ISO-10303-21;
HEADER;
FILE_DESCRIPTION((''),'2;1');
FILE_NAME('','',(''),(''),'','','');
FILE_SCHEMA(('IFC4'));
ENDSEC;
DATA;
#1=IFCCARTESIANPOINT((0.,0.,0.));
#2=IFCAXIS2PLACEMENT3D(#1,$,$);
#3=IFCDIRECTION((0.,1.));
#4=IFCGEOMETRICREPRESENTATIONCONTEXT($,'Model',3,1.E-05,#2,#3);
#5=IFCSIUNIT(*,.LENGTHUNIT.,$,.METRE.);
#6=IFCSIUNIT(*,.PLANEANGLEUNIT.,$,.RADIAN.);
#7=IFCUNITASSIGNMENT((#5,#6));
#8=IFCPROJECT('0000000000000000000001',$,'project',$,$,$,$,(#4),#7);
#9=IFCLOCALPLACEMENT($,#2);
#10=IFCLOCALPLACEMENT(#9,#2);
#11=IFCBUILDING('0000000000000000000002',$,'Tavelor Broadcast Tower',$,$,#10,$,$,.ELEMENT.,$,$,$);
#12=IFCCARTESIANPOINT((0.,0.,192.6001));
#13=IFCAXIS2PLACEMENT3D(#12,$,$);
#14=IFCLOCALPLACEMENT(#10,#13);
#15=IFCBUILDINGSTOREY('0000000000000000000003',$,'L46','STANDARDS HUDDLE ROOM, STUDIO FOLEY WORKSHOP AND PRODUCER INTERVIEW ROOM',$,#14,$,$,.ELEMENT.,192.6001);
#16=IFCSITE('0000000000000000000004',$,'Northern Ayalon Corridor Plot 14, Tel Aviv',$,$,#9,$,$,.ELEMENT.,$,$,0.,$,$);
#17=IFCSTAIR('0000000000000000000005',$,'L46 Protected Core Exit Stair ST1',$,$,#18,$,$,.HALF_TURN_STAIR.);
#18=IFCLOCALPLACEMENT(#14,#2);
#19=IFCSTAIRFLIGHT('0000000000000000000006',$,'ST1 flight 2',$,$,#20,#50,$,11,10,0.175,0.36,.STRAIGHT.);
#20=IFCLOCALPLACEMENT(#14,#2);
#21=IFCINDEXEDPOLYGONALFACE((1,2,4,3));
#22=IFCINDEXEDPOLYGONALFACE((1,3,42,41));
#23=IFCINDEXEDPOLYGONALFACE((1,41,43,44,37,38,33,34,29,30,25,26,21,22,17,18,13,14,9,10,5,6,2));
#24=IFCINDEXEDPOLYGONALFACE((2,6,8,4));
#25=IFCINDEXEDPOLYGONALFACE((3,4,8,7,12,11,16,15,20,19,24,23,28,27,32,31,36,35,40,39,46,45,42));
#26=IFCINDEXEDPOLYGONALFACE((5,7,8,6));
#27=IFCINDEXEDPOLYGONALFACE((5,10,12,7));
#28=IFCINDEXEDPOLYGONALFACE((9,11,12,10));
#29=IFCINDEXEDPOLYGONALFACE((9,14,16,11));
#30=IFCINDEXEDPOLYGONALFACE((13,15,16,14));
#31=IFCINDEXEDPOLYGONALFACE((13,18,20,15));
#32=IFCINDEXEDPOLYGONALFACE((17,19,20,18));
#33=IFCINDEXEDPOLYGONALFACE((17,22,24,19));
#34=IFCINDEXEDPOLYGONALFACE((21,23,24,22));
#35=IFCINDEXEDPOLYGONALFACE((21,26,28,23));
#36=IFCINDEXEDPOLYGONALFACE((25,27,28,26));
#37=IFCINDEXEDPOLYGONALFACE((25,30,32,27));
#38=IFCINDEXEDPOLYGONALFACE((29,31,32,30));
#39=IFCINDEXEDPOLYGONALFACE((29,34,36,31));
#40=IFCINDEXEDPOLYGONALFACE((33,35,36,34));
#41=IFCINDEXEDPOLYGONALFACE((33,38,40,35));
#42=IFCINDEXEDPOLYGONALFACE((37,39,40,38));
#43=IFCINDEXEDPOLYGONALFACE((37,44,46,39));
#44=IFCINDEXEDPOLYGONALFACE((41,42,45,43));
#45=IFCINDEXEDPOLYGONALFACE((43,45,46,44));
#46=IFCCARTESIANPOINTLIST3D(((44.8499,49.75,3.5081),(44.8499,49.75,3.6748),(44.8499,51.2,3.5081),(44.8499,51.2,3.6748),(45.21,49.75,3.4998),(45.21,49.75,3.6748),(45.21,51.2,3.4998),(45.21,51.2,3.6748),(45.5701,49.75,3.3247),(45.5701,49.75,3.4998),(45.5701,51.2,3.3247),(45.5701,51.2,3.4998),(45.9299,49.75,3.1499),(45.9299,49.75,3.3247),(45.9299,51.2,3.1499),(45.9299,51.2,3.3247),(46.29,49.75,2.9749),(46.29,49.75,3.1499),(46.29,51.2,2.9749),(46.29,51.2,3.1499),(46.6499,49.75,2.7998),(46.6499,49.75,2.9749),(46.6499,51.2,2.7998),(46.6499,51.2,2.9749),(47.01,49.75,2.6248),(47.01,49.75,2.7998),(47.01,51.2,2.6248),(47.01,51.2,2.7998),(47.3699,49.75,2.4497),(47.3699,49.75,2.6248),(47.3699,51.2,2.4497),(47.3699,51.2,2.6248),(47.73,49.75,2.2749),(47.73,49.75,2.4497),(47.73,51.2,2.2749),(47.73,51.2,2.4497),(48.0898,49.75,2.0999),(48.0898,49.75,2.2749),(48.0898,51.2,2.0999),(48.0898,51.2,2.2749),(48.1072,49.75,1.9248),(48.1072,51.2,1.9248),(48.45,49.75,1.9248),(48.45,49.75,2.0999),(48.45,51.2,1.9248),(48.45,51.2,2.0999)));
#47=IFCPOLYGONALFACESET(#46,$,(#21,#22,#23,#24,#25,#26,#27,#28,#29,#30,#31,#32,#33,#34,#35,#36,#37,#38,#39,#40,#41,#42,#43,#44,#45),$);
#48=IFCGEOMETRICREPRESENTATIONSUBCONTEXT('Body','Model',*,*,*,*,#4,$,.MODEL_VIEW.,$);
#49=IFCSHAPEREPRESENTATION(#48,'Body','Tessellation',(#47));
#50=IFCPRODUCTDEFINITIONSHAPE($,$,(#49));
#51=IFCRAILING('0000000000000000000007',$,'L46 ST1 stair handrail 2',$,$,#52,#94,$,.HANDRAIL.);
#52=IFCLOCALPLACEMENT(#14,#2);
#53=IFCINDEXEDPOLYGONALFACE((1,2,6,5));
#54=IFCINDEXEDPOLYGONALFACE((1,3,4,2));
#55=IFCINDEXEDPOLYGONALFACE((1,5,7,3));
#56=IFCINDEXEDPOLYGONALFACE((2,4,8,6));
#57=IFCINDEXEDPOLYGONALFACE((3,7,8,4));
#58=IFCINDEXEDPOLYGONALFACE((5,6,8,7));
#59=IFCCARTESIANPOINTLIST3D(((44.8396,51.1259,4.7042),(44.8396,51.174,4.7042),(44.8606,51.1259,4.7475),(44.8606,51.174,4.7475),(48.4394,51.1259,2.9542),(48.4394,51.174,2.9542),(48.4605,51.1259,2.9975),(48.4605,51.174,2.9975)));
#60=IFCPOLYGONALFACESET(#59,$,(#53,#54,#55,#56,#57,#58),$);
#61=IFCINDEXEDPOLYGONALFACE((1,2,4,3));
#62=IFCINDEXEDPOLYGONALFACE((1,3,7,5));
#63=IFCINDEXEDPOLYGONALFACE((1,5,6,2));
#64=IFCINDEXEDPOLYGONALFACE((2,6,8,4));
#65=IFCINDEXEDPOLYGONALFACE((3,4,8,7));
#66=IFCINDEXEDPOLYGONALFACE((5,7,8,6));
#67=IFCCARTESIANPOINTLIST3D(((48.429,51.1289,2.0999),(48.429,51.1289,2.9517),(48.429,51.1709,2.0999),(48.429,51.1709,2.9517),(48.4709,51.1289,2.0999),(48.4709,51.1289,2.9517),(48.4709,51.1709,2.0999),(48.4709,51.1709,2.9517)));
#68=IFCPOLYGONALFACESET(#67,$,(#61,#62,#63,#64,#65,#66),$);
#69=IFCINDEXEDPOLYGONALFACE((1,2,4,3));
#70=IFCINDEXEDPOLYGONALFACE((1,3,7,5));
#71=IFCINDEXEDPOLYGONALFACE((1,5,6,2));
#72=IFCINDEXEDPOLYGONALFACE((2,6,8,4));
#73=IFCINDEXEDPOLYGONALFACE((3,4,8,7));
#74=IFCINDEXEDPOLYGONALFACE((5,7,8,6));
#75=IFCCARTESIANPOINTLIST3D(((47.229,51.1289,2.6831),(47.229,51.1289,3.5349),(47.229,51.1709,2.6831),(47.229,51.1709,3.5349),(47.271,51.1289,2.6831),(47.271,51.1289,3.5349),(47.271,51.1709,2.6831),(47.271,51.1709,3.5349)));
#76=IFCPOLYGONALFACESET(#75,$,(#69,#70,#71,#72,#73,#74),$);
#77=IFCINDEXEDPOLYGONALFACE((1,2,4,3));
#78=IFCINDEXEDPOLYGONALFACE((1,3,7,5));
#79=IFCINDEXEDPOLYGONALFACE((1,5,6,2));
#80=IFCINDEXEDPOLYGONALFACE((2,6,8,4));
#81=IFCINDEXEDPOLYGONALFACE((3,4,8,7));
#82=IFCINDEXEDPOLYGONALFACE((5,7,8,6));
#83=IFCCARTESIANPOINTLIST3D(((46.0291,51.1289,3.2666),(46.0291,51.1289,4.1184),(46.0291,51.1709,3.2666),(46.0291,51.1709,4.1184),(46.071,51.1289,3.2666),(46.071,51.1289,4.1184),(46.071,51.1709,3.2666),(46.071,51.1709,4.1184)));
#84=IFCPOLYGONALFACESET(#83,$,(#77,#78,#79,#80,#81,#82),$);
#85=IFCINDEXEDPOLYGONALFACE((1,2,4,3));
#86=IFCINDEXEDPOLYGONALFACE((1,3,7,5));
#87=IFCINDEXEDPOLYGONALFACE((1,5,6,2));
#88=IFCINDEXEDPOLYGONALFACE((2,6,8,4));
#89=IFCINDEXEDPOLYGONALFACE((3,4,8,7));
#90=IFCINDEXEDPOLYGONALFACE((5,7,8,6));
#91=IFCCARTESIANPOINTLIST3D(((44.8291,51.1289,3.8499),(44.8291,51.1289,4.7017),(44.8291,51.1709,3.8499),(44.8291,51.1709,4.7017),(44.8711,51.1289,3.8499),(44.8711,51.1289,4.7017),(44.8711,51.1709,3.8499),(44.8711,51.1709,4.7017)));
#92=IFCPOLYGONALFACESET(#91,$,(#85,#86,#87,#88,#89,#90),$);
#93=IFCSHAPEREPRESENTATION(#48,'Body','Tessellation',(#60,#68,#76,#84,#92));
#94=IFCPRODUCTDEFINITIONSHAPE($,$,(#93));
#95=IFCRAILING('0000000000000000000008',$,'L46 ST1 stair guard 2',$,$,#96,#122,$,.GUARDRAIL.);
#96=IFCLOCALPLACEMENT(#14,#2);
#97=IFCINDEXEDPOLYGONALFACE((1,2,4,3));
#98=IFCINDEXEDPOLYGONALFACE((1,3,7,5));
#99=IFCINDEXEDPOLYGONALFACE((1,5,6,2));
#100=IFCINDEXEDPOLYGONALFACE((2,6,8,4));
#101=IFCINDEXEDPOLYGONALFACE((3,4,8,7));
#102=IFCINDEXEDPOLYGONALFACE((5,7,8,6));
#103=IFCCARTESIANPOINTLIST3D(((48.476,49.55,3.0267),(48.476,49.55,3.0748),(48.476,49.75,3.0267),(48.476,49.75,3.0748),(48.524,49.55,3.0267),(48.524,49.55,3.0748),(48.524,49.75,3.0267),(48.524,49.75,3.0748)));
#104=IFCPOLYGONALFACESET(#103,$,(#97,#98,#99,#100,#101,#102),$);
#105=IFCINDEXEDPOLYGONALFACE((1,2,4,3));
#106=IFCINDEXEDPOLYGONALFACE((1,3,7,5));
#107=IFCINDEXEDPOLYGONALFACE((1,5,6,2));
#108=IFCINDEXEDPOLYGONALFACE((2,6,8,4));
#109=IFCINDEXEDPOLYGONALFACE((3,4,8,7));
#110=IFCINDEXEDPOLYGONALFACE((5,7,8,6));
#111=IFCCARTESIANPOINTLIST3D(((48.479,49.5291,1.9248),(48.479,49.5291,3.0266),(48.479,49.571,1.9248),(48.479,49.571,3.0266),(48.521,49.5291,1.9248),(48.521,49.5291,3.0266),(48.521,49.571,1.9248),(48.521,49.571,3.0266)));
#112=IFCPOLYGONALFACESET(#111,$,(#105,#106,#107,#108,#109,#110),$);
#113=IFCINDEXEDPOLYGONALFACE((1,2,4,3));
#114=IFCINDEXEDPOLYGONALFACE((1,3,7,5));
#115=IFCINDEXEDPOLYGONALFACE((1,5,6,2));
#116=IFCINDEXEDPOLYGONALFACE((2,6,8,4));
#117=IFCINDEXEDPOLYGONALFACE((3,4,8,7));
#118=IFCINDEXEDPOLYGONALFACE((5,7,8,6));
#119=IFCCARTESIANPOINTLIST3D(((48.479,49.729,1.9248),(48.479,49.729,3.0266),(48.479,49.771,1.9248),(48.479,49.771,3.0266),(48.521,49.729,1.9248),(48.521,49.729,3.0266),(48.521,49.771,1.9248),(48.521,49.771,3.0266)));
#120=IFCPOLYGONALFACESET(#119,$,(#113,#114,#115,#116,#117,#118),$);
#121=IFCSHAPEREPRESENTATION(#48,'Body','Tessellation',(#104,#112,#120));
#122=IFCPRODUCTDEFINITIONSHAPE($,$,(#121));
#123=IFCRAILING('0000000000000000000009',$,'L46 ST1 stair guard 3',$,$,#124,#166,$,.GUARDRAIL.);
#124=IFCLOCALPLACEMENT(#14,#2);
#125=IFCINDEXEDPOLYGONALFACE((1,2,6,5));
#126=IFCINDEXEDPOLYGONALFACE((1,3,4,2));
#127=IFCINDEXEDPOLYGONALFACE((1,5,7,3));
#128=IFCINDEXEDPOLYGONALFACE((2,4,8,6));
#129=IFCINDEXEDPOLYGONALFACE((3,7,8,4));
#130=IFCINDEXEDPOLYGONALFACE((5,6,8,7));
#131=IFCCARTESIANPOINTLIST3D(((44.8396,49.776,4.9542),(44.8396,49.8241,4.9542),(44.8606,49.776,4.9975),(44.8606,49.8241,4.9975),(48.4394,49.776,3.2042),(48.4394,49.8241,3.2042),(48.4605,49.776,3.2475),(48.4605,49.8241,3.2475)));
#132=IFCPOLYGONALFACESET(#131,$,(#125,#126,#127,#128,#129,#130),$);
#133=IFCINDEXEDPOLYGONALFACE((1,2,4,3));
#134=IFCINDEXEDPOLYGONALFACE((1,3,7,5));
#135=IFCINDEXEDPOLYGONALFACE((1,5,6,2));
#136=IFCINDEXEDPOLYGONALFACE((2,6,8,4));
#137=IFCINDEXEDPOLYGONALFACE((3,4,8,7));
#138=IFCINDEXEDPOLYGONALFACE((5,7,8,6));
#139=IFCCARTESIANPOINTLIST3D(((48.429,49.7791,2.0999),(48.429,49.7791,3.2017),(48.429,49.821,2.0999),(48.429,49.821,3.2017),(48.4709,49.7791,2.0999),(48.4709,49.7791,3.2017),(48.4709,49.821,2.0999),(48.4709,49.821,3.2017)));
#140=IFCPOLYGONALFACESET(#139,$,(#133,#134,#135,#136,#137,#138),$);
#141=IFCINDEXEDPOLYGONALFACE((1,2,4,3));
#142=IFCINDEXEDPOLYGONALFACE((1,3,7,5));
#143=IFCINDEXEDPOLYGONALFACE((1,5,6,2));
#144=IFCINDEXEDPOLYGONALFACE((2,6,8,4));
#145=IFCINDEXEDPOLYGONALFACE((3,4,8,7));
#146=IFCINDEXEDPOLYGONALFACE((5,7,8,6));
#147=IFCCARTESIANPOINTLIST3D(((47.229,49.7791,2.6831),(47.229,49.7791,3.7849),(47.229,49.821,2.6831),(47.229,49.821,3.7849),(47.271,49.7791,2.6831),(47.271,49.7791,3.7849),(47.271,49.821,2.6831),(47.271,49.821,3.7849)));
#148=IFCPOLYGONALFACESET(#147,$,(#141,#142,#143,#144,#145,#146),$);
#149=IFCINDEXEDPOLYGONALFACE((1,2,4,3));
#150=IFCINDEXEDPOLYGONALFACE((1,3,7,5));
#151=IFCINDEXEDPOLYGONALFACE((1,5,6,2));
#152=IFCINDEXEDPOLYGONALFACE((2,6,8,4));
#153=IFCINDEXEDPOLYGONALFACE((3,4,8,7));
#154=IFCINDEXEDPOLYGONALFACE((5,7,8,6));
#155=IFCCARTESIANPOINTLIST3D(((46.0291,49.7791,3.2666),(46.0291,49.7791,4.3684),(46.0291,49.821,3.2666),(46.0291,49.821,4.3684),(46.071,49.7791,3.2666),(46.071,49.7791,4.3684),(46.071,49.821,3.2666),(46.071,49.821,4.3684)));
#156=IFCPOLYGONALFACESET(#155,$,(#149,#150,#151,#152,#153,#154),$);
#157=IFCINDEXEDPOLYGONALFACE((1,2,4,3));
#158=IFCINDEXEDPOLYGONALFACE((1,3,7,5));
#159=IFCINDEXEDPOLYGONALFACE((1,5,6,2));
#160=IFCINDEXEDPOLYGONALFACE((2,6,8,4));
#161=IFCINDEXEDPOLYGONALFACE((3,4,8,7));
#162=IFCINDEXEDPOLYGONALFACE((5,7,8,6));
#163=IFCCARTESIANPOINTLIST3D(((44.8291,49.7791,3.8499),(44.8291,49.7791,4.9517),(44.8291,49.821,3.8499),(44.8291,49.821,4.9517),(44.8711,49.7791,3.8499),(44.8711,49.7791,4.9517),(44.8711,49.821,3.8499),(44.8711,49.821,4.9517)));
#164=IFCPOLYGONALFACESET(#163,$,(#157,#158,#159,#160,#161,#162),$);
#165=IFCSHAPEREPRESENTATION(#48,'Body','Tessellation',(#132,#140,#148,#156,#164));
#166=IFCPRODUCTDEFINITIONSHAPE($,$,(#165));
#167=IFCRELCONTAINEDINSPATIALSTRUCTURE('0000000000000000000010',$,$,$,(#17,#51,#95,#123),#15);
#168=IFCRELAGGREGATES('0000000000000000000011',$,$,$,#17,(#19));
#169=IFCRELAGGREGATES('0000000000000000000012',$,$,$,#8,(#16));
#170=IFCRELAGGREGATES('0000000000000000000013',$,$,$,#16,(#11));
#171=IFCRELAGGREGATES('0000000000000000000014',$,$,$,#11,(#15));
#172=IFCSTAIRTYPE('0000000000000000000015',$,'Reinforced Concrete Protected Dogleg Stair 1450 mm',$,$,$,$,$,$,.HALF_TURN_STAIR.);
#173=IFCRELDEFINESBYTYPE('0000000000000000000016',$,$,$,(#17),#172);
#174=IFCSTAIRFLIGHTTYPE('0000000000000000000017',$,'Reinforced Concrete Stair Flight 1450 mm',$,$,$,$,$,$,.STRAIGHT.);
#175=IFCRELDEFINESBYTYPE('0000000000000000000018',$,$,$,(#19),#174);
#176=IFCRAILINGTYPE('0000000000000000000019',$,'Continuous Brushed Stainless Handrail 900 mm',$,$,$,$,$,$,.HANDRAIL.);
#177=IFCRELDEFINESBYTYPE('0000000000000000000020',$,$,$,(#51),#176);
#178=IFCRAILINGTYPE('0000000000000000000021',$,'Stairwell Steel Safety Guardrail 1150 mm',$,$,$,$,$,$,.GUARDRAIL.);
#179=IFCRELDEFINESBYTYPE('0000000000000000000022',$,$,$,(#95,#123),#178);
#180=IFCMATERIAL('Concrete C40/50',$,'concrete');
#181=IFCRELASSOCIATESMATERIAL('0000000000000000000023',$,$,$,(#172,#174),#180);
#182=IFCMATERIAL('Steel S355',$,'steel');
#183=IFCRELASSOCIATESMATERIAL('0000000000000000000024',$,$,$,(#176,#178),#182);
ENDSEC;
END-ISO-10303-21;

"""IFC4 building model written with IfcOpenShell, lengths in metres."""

from ifc_helpers import new_model, si_unit, direction, frame, origin, origin_2d, place, context, subcontext, project, spatial, polyline, rectangle, outline, extrude, material, type_object, element, aggregate, save


model = new_model("IFC4")

# Units and contexts
model_context = context("Model", 3, precision=1e-05, world=origin(), true_north=direction((0.0, 1.0)))
body_context = subcontext(model_context, "Body", "Model", "MODEL_VIEW")
ifc_project = project(units=[si_unit("LENGTHUNIT", "METRE"), si_unit("PLANEANGLEUNIT", "RADIAN")], contexts=[model_context])

# Site, building, storey
site_placement = place(None, origin())
site = spatial("IfcSite", under=ifc_project, at=site_placement, Name="Northern Ayalon Corridor Plot 14, Tel Aviv", CompositionType="ELEMENT", RefElevation=0.0)
building_placement = place(site_placement, origin())
building = spatial("IfcBuilding", under=site, at=building_placement, Name="Tavelor Broadcast Tower", CompositionType="ELEMENT")
storey_placement = place(building_placement, frame((0.0, 0.0, 192.6001)))
storey = spatial("IfcBuildingStorey", under=building, at=storey_placement, Name="L46", Description="STANDARDS HUDDLE ROOM, STUDIO FOLEY WORKSHOP AND PRODUCER INTERVIEW ROOM", CompositionType="ELEMENT", Elevation=192.6001)

# Shared definitions
ifc_material_1 = material(Name="Concrete C40/50", Category="concrete")
ifc_material_2 = material(Name="Steel S355", Category="steel")

# Stair, stair flight
stair_type = type_object("IfcStairType", Name="Reinforced Concrete Protected Dogleg Stair 1450 mm", PredefinedType="HALF_TURN_STAIR", material=ifc_material_1)
stair_placement = place(storey_placement, origin())
stair = element("IfcStair", 1, at=stair_placement, inside=storey, type_object=stair_type, Name="L46 Protected Core Exit Stair ST1", PredefinedType="HALF_TURN_STAIR")
stair_flight_type = type_object("IfcStairFlightType", Name="Reinforced Concrete Stair Flight 1450 mm", PredefinedType="STRAIGHT", material=ifc_material_1)
stair_flight_placement = place(storey_placement, frame((48.45, 50.4751, 1.9248), z_axis=(0.0, 0.0, 1.0), x_axis=(-1.0, 0.0, 0.0)))
stair_flight = element("IfcStairFlight", 2, at=stair_flight_placement, type_object=stair_flight_type, Name="ST1 flight 2", NumberOfRisers=11, NumberOfTreads=10, PredefinedType="STRAIGHT", RiserHeight=0.175, TreadLength=0.36, context=body_context, shape_type="SweptSolid", body=[
    extrude(outline(polyline([(0.0, 0.0), (0.0, 0.175), (0.3601, 0.175), (0.3601, 0.3501), (0.72, 0.3501), (0.72, 0.5249), (1.0801, 0.5249), (1.0801, 0.7), (1.4399, 0.7), (1.4399, 0.875), (1.8, 0.875), (1.8, 1.05), (2.1599, 1.05), (2.1599, 1.2251), (2.52, 1.2251), (2.52, 1.3999), (2.8799, 1.3999), (2.8799, 1.575), (3.24, 1.575), (3.24, 1.75), (3.6001, 1.75), (3.6001, 1.925), (3.6001, 1.5833), (0.3428, 0.0), (0.0, 0.0)])), frame((0.0, 0.7251, 0.0), z_axis=(0.0, -1.0, 0.0), x_axis=(1.0, 0.0, 0.0)), (0.0, 0.0, 1.0), 1.45),
])
aggregate(stair, [stair_flight])

# Railings
railing_type_1 = type_object("IfcRailingType", Name="Continuous Brushed Stainless Handrail 900 mm", PredefinedType="HANDRAIL", material=ifc_material_2)
railing_1_placement = place(storey_placement, frame((48.45, 51.1499, 2.0999)))
element("IfcRailing", 3, at=railing_1_placement, inside=storey, type_object=railing_type_1, Name="L46 ST1 stair handrail 2", PredefinedType="HANDRAIL", context=body_context, shape_type="SweptSolid", body=[
    extrude(rectangle(XDim=0.0481, YDim=0.0481, at=origin_2d()), frame((0.0, 0.0, 0.876), z_axis=(-0.899361, 0.0, 0.437207), x_axis=(0.0, -1.0, 0.0)), (0.0, 0.0, 1.0), 4.0027),
    extrude(rectangle(XDim=0.042, YDim=0.042, at=origin_2d()), origin(), (0.0, 0.0, 1.0), 0.8518),
    extrude(rectangle(XDim=0.042, YDim=0.042, at=origin_2d()), frame((-1.2, 0.0, 0.5833)), (0.0, 0.0, 1.0), 0.8518),
    extrude(rectangle(XDim=0.042, YDim=0.042, at=origin_2d()), frame((-2.3999, 0.0, 1.1667)), (0.0, 0.0, 1.0), 0.8518),
    extrude(rectangle(XDim=0.042, YDim=0.042, at=origin_2d()), frame((-3.5999, 0.0, 1.75)), (0.0, 0.0, 1.0), 0.8518),
])
railing_type_2 = type_object("IfcRailingType", Name="Stairwell Steel Safety Guardrail 1150 mm", PredefinedType="GUARDRAIL", material=ifc_material_2)
railing_2_placement = place(storey_placement, frame((48.5, 49.55, 1.9248)))
element("IfcRailing", 4, at=railing_2_placement, inside=storey, type_object=railing_type_2, Name="L46 ST1 stair guard 2", PredefinedType="GUARDRAIL", context=body_context, shape_type="SweptSolid", body=[
    extrude(rectangle(XDim=0.0481, YDim=0.0481, at=origin_2d()), frame((0.0, 0.0, 1.126), z_axis=(0.0, 1.0, 0.0), x_axis=(-1.0, 0.0, 0.0)), (0.0, 0.0, 1.0), 0.2),
    extrude(rectangle(XDim=0.042, YDim=0.042, at=origin_2d()), origin(), (0.0, 0.0, 1.0), 1.1018),
    extrude(rectangle(XDim=0.042, YDim=0.042, at=origin_2d()), frame((0.0, 0.2, 0.0)), (0.0, 0.0, 1.0), 1.1018),
])
railing_3_placement = place(storey_placement, frame((48.45, 49.8, 2.0999)))
element("IfcRailing", 5, at=railing_3_placement, inside=storey, type_object=railing_type_2, Name="L46 ST1 stair guard 3", PredefinedType="GUARDRAIL", context=body_context, shape_type="SweptSolid", body=[
    extrude(rectangle(XDim=0.0481, YDim=0.0481, at=origin_2d()), frame((0.0, 0.0, 1.126), z_axis=(-0.899361, 0.0, 0.437207), x_axis=(0.0, -1.0, 0.0)), (0.0, 0.0, 1.0), 4.0027),
    extrude(rectangle(XDim=0.042, YDim=0.042, at=origin_2d()), origin(), (0.0, 0.0, 1.0), 1.1018),
    extrude(rectangle(XDim=0.042, YDim=0.042, at=origin_2d()), frame((-1.2, 0.0, 0.5833)), (0.0, 0.0, 1.0), 1.1018),
    extrude(rectangle(XDim=0.042, YDim=0.042, at=origin_2d()), frame((-2.3999, 0.0, 1.1667)), (0.0, 0.0, 1.0), 1.1018),
    extrude(rectangle(XDim=0.042, YDim=0.042, at=origin_2d()), frame((-3.5999, 0.0, 1.75)), (0.0, 0.0, 1.0), 1.1018),
])

save(model, "model.ifc")
